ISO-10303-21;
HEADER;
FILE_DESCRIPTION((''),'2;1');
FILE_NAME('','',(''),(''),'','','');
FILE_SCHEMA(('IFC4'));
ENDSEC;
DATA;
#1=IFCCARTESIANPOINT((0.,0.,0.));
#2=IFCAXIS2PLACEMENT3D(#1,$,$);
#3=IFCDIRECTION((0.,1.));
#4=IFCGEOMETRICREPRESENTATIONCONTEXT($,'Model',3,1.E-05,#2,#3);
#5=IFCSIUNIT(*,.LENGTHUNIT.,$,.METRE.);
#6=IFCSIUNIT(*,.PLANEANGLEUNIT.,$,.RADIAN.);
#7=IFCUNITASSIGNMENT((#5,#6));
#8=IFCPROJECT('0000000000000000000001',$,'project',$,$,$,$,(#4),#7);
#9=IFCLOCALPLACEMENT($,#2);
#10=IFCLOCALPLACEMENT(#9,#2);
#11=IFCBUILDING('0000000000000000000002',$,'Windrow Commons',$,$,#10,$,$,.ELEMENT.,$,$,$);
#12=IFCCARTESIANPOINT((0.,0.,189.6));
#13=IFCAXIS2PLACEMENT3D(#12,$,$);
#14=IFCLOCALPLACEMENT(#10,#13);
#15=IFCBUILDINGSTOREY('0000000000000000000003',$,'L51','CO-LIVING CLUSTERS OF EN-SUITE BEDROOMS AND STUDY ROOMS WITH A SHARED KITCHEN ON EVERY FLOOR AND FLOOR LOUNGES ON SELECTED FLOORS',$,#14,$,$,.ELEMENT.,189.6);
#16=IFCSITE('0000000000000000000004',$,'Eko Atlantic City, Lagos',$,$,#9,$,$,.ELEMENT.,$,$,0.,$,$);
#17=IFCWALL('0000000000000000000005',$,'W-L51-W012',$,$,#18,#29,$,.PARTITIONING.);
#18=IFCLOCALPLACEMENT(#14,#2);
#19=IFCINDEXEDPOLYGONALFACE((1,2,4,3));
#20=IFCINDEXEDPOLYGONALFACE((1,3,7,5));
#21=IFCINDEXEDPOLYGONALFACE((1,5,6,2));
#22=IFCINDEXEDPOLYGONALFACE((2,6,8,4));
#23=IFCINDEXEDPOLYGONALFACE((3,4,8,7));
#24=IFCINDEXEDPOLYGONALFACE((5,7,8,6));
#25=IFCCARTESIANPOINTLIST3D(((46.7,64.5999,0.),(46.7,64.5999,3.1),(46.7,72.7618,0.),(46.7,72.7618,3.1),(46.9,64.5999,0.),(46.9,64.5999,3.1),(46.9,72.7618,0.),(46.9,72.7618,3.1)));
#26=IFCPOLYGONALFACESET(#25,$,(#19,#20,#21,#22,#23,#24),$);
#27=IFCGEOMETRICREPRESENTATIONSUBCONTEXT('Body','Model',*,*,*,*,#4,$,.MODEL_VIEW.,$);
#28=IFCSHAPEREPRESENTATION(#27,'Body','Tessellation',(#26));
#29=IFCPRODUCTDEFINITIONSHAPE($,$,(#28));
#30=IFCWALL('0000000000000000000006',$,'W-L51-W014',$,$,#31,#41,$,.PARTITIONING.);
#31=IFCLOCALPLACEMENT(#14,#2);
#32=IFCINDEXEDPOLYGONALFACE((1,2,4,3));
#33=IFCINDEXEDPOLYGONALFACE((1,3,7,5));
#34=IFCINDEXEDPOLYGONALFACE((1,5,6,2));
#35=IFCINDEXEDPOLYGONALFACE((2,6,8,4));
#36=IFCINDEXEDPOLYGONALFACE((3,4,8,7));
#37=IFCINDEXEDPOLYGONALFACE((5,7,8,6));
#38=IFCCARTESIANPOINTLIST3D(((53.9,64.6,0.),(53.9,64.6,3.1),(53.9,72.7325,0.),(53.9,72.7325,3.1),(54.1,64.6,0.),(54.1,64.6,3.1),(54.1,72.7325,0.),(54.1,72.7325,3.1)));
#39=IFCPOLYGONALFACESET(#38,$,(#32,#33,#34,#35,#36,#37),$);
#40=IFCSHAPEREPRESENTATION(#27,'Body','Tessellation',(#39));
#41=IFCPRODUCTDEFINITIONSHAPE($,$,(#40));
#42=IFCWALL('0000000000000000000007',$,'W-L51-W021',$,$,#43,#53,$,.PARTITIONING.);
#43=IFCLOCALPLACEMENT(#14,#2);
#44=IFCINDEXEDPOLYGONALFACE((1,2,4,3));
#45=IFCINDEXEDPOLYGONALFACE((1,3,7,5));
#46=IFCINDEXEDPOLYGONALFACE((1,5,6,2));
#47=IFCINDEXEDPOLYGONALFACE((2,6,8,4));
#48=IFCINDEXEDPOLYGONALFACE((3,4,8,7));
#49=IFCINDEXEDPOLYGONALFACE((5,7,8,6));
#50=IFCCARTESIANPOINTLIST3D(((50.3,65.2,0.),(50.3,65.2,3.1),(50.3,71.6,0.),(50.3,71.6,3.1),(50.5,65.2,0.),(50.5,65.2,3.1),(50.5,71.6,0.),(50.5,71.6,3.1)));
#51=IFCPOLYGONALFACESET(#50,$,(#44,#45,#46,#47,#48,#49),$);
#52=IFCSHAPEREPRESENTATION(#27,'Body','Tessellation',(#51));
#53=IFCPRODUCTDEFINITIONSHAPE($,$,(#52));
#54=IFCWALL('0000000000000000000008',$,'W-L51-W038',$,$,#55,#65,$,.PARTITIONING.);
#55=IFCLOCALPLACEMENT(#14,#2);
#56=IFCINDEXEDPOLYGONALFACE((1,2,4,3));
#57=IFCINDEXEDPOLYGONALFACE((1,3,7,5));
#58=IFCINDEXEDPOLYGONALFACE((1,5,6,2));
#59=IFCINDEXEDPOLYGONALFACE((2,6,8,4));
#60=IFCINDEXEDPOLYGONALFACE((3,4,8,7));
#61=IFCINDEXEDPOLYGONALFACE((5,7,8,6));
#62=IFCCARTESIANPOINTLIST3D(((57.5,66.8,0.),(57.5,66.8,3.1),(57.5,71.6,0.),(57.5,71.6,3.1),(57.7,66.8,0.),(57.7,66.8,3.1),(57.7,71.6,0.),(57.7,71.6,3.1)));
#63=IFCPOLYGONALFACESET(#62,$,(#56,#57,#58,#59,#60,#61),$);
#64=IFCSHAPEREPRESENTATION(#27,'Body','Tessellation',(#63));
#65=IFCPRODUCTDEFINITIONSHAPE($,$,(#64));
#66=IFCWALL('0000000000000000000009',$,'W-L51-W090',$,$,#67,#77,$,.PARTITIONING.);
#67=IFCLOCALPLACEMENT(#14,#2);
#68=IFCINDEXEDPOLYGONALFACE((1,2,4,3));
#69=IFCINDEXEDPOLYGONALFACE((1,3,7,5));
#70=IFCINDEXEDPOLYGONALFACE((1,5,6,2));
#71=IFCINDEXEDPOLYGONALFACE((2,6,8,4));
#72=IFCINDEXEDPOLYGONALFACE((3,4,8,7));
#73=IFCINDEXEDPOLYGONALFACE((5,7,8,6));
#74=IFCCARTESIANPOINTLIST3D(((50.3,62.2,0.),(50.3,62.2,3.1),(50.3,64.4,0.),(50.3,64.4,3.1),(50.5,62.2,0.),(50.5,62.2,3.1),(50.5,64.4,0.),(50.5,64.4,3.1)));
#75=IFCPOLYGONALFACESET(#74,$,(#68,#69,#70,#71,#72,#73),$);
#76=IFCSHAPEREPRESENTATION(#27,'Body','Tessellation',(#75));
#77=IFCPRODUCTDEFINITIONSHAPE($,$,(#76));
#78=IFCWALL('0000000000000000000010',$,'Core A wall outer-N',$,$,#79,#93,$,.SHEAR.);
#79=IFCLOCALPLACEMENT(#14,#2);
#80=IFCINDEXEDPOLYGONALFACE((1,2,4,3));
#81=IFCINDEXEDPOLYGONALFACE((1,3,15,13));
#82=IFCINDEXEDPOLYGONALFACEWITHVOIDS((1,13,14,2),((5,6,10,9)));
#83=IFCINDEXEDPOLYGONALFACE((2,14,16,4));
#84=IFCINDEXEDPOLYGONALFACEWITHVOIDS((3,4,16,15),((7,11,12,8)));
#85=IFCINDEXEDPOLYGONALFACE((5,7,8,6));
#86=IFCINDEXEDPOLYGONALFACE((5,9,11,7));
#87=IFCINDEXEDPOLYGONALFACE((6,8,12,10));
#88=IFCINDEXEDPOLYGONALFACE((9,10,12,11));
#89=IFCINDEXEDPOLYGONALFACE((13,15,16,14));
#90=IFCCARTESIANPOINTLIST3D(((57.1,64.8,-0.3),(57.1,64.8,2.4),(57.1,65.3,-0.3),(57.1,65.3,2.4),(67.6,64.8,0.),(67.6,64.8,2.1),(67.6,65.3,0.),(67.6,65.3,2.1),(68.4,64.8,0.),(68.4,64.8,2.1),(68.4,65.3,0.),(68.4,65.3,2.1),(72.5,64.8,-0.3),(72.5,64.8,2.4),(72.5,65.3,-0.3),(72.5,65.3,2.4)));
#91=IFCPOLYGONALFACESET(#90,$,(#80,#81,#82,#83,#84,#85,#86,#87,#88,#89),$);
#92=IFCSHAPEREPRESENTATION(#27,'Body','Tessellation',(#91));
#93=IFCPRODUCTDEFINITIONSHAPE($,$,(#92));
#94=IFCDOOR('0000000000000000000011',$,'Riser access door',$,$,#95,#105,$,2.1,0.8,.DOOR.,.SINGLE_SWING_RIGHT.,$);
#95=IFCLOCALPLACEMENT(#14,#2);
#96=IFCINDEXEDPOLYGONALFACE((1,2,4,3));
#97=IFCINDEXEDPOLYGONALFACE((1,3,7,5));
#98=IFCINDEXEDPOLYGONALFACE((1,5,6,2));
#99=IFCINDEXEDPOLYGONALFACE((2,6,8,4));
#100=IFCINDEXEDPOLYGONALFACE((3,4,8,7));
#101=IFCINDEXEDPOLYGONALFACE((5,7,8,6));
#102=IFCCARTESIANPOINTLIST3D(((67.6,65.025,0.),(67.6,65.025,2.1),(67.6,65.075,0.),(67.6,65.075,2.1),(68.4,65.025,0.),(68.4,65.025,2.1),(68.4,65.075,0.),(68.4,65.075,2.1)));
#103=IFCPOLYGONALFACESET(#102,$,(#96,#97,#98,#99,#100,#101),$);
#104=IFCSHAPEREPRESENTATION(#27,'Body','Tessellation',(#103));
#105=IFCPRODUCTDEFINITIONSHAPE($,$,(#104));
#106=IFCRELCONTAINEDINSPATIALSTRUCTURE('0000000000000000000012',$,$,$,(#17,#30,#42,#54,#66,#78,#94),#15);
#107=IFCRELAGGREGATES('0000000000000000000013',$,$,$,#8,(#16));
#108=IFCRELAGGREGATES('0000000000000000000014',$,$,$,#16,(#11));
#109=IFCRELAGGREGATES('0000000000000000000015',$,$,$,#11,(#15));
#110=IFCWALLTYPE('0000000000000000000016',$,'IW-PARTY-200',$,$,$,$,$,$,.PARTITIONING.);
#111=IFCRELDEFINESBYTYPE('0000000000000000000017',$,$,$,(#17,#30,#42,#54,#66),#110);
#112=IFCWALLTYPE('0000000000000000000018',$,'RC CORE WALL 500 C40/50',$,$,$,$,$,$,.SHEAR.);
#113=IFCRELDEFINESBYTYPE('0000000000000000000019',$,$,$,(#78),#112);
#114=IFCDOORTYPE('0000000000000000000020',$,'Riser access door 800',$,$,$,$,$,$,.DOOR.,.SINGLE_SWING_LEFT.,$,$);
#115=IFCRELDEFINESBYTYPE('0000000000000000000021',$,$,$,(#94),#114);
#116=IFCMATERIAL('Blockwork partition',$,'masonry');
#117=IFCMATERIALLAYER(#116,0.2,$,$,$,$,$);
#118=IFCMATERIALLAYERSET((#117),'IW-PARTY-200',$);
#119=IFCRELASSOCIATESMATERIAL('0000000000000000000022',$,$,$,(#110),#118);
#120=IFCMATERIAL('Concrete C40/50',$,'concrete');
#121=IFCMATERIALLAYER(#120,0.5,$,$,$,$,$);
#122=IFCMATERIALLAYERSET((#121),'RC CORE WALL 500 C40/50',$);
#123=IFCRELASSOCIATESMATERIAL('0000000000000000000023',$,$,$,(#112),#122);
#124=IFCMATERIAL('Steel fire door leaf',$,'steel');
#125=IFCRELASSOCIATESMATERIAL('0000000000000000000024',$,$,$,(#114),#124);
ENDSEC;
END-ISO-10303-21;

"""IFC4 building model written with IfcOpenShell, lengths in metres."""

from ifc_helpers import new_model, si_unit, direction, frame, frame_2d, origin, place, context, subcontext, project, spatial, rectangle, extrude, material, layer, layer_set, type_object, element, fill, save


model = new_model("IFC4")

# Units and contexts
model_context = context("Model", 3, precision=1e-05, world=origin(), true_north=direction((0.0, 1.0)))
body_context = subcontext(model_context, "Body", "Model", "MODEL_VIEW")
ifc_project = project(units=[si_unit("LENGTHUNIT", "METRE"), si_unit("PLANEANGLEUNIT", "RADIAN")], contexts=[model_context])

# Site, building, storey
site_placement = place(None, origin())
site = spatial("IfcSite", under=ifc_project, at=site_placement, Name="Eko Atlantic City, Lagos", CompositionType="ELEMENT", RefElevation=0.0)
building_placement = place(site_placement, origin())
building = spatial("IfcBuilding", under=site, at=building_placement, Name="Windrow Commons", CompositionType="ELEMENT")
storey_placement = place(building_placement, frame((0.0, 0.0, 189.6)))
storey = spatial("IfcBuildingStorey", under=building, at=storey_placement, Name="L51", Description="CO-LIVING CLUSTERS OF EN-SUITE BEDROOMS AND STUDY ROOMS WITH A SHARED KITCHEN ON EVERY FLOOR AND FLOOR LOUNGES ON SELECTED FLOORS", CompositionType="ELEMENT", Elevation=189.6)

# Walls
ifc_material_1 = material(Name="Blockwork partition", Category="masonry")
ifc_layer_1 = layer(ifc_material_1, 0.2)
ifc_layer_set_1 = layer_set([ifc_layer_1], Name="IW-PARTY-200")
wall_type_1 = type_object("IfcWallType", Name="IW-PARTY-200", PredefinedType="PARTITIONING", material=ifc_layer_set_1)
wall_1_placement = place(storey_placement, frame((46.8, 64.6, 0.0), z_axis=(0.0, 0.0, 1.0), x_axis=(0.0, 1.0, 0.0)))
element("IfcWall", 1, at=wall_1_placement, inside=storey, type_object=wall_type_1, Name="W-L51-W012", PredefinedType="PARTITIONING", context=body_context, shape_type="SweptSolid", body=[
    extrude(rectangle(XDim=8.1619, YDim=0.2, at=frame_2d((4.0809, 0.0))), origin(), (0.0, 0.0, 1.0), 3.1),
])
wall_2_placement = place(storey_placement, frame((54.0, 64.6, 0.0), z_axis=(0.0, 0.0, 1.0), x_axis=(0.0, 1.0, 0.0)))
element("IfcWall", 2, at=wall_2_placement, inside=storey, type_object=wall_type_1, Name="W-L51-W014", PredefinedType="PARTITIONING", context=body_context, shape_type="SweptSolid", body=[
    extrude(rectangle(XDim=8.1325, YDim=0.2, at=frame_2d((4.0663, 0.0))), origin(), (0.0, 0.0, 1.0), 3.1),
])
wall_3_placement = place(storey_placement, frame((50.4, 65.2, 0.0), z_axis=(0.0, 0.0, 1.0), x_axis=(0.0, 1.0, 0.0)))
element("IfcWall", 3, at=wall_3_placement, inside=storey, type_object=wall_type_1, Name="W-L51-W021", PredefinedType="PARTITIONING", context=body_context, shape_type="SweptSolid", body=[
    extrude(rectangle(XDim=6.4, YDim=0.2, at=frame_2d((3.2, 0.0))), origin(), (0.0, 0.0, 1.0), 3.1),
])
wall_4_placement = place(storey_placement, frame((57.6, 66.8, 0.0), z_axis=(0.0, 0.0, 1.0), x_axis=(0.0, 1.0, 0.0)))
element("IfcWall", 4, at=wall_4_placement, inside=storey, type_object=wall_type_1, Name="W-L51-W038", PredefinedType="PARTITIONING", context=body_context, shape_type="SweptSolid", body=[
    extrude(rectangle(XDim=4.8, YDim=0.2, at=frame_2d((2.4, 0.0))), origin(), (0.0, 0.0, 1.0), 3.1),
])
wall_5_placement = place(storey_placement, frame((50.4, 62.2, 0.0), z_axis=(0.0, 0.0, 1.0), x_axis=(0.0, 1.0, 0.0)))
element("IfcWall", 5, at=wall_5_placement, inside=storey, type_object=wall_type_1, Name="W-L51-W090", PredefinedType="PARTITIONING", context=body_context, shape_type="SweptSolid", body=[
    extrude(rectangle(XDim=2.2, YDim=0.2, at=frame_2d((1.1, 0.0))), origin(), (0.0, 0.0, 1.0), 3.1),
])

# Wall, opening, door
ifc_material_2 = material(Name="Concrete C40/50", Category="concrete")
ifc_layer_2 = layer(ifc_material_2, 0.5)
ifc_layer_set_2 = layer_set([ifc_layer_2], Name="RC CORE WALL 500 C40/50")
wall_type_2 = type_object("IfcWallType", Name="RC CORE WALL 500 C40/50", PredefinedType="SHEAR", material=ifc_layer_set_2)
wall_6_placement = place(storey_placement, frame((57.1, 65.05, -0.3), z_axis=(0.0, 0.0, 1.0), x_axis=(1.0, 0.0, 0.0)))
wall_6 = element("IfcWall", 6, at=wall_6_placement, inside=storey, type_object=wall_type_2, Name="Core A wall outer-N", PredefinedType="SHEAR", context=body_context, shape_type="SweptSolid", body=[
    extrude(rectangle(XDim=15.4, YDim=0.5, at=frame_2d((7.7, 0.0))), origin(), (0.0, 0.0, 1.0), 2.7),
])
opening_1_placement = place(wall_6_placement, frame((10.5, 0.0, 0.3)))
opening_1 = element("IfcOpeningElement", 7, at=opening_1_placement, cuts=wall_6, PredefinedType="OPENING", context=body_context, shape_type="SweptSolid", body=[
    extrude(rectangle(XDim=0.8, YDim=2.1, at=frame_2d((0.4, 1.05))), frame((0.0, 0.26, 0.0), z_axis=(0.0, -1.0, 0.0), x_axis=(1.0, 0.0, 0.0)), (0.0, 0.0, 1.0), 0.52),
])
ifc_material_3 = material(Name="Steel fire door leaf", Category="steel")
door_type_1 = type_object("IfcDoorType", Name="Riser access door 800", OperationType="SINGLE_SWING_LEFT", PredefinedType="DOOR", material=ifc_material_3)
door_1_placement = place(opening_1_placement, origin())
door_1 = element("IfcDoor", 8, at=door_1_placement, inside=storey, type_object=door_type_1, Name="Riser access door", OperationType="SINGLE_SWING_RIGHT", OverallHeight=2.1, OverallWidth=0.8, PredefinedType="DOOR", context=body_context, shape_type="SweptSolid", body=[
    extrude(rectangle(XDim=0.8, YDim=2.1, at=frame_2d((0.4, 1.05))), frame((0.0, 0.025, 0.0), z_axis=(0.0, -1.0, 0.0), x_axis=(1.0, 0.0, 0.0)), (0.0, 0.0, 1.0), 0.05),
])
fill(opening_1, door_1)

save(model, "model.ifc")
